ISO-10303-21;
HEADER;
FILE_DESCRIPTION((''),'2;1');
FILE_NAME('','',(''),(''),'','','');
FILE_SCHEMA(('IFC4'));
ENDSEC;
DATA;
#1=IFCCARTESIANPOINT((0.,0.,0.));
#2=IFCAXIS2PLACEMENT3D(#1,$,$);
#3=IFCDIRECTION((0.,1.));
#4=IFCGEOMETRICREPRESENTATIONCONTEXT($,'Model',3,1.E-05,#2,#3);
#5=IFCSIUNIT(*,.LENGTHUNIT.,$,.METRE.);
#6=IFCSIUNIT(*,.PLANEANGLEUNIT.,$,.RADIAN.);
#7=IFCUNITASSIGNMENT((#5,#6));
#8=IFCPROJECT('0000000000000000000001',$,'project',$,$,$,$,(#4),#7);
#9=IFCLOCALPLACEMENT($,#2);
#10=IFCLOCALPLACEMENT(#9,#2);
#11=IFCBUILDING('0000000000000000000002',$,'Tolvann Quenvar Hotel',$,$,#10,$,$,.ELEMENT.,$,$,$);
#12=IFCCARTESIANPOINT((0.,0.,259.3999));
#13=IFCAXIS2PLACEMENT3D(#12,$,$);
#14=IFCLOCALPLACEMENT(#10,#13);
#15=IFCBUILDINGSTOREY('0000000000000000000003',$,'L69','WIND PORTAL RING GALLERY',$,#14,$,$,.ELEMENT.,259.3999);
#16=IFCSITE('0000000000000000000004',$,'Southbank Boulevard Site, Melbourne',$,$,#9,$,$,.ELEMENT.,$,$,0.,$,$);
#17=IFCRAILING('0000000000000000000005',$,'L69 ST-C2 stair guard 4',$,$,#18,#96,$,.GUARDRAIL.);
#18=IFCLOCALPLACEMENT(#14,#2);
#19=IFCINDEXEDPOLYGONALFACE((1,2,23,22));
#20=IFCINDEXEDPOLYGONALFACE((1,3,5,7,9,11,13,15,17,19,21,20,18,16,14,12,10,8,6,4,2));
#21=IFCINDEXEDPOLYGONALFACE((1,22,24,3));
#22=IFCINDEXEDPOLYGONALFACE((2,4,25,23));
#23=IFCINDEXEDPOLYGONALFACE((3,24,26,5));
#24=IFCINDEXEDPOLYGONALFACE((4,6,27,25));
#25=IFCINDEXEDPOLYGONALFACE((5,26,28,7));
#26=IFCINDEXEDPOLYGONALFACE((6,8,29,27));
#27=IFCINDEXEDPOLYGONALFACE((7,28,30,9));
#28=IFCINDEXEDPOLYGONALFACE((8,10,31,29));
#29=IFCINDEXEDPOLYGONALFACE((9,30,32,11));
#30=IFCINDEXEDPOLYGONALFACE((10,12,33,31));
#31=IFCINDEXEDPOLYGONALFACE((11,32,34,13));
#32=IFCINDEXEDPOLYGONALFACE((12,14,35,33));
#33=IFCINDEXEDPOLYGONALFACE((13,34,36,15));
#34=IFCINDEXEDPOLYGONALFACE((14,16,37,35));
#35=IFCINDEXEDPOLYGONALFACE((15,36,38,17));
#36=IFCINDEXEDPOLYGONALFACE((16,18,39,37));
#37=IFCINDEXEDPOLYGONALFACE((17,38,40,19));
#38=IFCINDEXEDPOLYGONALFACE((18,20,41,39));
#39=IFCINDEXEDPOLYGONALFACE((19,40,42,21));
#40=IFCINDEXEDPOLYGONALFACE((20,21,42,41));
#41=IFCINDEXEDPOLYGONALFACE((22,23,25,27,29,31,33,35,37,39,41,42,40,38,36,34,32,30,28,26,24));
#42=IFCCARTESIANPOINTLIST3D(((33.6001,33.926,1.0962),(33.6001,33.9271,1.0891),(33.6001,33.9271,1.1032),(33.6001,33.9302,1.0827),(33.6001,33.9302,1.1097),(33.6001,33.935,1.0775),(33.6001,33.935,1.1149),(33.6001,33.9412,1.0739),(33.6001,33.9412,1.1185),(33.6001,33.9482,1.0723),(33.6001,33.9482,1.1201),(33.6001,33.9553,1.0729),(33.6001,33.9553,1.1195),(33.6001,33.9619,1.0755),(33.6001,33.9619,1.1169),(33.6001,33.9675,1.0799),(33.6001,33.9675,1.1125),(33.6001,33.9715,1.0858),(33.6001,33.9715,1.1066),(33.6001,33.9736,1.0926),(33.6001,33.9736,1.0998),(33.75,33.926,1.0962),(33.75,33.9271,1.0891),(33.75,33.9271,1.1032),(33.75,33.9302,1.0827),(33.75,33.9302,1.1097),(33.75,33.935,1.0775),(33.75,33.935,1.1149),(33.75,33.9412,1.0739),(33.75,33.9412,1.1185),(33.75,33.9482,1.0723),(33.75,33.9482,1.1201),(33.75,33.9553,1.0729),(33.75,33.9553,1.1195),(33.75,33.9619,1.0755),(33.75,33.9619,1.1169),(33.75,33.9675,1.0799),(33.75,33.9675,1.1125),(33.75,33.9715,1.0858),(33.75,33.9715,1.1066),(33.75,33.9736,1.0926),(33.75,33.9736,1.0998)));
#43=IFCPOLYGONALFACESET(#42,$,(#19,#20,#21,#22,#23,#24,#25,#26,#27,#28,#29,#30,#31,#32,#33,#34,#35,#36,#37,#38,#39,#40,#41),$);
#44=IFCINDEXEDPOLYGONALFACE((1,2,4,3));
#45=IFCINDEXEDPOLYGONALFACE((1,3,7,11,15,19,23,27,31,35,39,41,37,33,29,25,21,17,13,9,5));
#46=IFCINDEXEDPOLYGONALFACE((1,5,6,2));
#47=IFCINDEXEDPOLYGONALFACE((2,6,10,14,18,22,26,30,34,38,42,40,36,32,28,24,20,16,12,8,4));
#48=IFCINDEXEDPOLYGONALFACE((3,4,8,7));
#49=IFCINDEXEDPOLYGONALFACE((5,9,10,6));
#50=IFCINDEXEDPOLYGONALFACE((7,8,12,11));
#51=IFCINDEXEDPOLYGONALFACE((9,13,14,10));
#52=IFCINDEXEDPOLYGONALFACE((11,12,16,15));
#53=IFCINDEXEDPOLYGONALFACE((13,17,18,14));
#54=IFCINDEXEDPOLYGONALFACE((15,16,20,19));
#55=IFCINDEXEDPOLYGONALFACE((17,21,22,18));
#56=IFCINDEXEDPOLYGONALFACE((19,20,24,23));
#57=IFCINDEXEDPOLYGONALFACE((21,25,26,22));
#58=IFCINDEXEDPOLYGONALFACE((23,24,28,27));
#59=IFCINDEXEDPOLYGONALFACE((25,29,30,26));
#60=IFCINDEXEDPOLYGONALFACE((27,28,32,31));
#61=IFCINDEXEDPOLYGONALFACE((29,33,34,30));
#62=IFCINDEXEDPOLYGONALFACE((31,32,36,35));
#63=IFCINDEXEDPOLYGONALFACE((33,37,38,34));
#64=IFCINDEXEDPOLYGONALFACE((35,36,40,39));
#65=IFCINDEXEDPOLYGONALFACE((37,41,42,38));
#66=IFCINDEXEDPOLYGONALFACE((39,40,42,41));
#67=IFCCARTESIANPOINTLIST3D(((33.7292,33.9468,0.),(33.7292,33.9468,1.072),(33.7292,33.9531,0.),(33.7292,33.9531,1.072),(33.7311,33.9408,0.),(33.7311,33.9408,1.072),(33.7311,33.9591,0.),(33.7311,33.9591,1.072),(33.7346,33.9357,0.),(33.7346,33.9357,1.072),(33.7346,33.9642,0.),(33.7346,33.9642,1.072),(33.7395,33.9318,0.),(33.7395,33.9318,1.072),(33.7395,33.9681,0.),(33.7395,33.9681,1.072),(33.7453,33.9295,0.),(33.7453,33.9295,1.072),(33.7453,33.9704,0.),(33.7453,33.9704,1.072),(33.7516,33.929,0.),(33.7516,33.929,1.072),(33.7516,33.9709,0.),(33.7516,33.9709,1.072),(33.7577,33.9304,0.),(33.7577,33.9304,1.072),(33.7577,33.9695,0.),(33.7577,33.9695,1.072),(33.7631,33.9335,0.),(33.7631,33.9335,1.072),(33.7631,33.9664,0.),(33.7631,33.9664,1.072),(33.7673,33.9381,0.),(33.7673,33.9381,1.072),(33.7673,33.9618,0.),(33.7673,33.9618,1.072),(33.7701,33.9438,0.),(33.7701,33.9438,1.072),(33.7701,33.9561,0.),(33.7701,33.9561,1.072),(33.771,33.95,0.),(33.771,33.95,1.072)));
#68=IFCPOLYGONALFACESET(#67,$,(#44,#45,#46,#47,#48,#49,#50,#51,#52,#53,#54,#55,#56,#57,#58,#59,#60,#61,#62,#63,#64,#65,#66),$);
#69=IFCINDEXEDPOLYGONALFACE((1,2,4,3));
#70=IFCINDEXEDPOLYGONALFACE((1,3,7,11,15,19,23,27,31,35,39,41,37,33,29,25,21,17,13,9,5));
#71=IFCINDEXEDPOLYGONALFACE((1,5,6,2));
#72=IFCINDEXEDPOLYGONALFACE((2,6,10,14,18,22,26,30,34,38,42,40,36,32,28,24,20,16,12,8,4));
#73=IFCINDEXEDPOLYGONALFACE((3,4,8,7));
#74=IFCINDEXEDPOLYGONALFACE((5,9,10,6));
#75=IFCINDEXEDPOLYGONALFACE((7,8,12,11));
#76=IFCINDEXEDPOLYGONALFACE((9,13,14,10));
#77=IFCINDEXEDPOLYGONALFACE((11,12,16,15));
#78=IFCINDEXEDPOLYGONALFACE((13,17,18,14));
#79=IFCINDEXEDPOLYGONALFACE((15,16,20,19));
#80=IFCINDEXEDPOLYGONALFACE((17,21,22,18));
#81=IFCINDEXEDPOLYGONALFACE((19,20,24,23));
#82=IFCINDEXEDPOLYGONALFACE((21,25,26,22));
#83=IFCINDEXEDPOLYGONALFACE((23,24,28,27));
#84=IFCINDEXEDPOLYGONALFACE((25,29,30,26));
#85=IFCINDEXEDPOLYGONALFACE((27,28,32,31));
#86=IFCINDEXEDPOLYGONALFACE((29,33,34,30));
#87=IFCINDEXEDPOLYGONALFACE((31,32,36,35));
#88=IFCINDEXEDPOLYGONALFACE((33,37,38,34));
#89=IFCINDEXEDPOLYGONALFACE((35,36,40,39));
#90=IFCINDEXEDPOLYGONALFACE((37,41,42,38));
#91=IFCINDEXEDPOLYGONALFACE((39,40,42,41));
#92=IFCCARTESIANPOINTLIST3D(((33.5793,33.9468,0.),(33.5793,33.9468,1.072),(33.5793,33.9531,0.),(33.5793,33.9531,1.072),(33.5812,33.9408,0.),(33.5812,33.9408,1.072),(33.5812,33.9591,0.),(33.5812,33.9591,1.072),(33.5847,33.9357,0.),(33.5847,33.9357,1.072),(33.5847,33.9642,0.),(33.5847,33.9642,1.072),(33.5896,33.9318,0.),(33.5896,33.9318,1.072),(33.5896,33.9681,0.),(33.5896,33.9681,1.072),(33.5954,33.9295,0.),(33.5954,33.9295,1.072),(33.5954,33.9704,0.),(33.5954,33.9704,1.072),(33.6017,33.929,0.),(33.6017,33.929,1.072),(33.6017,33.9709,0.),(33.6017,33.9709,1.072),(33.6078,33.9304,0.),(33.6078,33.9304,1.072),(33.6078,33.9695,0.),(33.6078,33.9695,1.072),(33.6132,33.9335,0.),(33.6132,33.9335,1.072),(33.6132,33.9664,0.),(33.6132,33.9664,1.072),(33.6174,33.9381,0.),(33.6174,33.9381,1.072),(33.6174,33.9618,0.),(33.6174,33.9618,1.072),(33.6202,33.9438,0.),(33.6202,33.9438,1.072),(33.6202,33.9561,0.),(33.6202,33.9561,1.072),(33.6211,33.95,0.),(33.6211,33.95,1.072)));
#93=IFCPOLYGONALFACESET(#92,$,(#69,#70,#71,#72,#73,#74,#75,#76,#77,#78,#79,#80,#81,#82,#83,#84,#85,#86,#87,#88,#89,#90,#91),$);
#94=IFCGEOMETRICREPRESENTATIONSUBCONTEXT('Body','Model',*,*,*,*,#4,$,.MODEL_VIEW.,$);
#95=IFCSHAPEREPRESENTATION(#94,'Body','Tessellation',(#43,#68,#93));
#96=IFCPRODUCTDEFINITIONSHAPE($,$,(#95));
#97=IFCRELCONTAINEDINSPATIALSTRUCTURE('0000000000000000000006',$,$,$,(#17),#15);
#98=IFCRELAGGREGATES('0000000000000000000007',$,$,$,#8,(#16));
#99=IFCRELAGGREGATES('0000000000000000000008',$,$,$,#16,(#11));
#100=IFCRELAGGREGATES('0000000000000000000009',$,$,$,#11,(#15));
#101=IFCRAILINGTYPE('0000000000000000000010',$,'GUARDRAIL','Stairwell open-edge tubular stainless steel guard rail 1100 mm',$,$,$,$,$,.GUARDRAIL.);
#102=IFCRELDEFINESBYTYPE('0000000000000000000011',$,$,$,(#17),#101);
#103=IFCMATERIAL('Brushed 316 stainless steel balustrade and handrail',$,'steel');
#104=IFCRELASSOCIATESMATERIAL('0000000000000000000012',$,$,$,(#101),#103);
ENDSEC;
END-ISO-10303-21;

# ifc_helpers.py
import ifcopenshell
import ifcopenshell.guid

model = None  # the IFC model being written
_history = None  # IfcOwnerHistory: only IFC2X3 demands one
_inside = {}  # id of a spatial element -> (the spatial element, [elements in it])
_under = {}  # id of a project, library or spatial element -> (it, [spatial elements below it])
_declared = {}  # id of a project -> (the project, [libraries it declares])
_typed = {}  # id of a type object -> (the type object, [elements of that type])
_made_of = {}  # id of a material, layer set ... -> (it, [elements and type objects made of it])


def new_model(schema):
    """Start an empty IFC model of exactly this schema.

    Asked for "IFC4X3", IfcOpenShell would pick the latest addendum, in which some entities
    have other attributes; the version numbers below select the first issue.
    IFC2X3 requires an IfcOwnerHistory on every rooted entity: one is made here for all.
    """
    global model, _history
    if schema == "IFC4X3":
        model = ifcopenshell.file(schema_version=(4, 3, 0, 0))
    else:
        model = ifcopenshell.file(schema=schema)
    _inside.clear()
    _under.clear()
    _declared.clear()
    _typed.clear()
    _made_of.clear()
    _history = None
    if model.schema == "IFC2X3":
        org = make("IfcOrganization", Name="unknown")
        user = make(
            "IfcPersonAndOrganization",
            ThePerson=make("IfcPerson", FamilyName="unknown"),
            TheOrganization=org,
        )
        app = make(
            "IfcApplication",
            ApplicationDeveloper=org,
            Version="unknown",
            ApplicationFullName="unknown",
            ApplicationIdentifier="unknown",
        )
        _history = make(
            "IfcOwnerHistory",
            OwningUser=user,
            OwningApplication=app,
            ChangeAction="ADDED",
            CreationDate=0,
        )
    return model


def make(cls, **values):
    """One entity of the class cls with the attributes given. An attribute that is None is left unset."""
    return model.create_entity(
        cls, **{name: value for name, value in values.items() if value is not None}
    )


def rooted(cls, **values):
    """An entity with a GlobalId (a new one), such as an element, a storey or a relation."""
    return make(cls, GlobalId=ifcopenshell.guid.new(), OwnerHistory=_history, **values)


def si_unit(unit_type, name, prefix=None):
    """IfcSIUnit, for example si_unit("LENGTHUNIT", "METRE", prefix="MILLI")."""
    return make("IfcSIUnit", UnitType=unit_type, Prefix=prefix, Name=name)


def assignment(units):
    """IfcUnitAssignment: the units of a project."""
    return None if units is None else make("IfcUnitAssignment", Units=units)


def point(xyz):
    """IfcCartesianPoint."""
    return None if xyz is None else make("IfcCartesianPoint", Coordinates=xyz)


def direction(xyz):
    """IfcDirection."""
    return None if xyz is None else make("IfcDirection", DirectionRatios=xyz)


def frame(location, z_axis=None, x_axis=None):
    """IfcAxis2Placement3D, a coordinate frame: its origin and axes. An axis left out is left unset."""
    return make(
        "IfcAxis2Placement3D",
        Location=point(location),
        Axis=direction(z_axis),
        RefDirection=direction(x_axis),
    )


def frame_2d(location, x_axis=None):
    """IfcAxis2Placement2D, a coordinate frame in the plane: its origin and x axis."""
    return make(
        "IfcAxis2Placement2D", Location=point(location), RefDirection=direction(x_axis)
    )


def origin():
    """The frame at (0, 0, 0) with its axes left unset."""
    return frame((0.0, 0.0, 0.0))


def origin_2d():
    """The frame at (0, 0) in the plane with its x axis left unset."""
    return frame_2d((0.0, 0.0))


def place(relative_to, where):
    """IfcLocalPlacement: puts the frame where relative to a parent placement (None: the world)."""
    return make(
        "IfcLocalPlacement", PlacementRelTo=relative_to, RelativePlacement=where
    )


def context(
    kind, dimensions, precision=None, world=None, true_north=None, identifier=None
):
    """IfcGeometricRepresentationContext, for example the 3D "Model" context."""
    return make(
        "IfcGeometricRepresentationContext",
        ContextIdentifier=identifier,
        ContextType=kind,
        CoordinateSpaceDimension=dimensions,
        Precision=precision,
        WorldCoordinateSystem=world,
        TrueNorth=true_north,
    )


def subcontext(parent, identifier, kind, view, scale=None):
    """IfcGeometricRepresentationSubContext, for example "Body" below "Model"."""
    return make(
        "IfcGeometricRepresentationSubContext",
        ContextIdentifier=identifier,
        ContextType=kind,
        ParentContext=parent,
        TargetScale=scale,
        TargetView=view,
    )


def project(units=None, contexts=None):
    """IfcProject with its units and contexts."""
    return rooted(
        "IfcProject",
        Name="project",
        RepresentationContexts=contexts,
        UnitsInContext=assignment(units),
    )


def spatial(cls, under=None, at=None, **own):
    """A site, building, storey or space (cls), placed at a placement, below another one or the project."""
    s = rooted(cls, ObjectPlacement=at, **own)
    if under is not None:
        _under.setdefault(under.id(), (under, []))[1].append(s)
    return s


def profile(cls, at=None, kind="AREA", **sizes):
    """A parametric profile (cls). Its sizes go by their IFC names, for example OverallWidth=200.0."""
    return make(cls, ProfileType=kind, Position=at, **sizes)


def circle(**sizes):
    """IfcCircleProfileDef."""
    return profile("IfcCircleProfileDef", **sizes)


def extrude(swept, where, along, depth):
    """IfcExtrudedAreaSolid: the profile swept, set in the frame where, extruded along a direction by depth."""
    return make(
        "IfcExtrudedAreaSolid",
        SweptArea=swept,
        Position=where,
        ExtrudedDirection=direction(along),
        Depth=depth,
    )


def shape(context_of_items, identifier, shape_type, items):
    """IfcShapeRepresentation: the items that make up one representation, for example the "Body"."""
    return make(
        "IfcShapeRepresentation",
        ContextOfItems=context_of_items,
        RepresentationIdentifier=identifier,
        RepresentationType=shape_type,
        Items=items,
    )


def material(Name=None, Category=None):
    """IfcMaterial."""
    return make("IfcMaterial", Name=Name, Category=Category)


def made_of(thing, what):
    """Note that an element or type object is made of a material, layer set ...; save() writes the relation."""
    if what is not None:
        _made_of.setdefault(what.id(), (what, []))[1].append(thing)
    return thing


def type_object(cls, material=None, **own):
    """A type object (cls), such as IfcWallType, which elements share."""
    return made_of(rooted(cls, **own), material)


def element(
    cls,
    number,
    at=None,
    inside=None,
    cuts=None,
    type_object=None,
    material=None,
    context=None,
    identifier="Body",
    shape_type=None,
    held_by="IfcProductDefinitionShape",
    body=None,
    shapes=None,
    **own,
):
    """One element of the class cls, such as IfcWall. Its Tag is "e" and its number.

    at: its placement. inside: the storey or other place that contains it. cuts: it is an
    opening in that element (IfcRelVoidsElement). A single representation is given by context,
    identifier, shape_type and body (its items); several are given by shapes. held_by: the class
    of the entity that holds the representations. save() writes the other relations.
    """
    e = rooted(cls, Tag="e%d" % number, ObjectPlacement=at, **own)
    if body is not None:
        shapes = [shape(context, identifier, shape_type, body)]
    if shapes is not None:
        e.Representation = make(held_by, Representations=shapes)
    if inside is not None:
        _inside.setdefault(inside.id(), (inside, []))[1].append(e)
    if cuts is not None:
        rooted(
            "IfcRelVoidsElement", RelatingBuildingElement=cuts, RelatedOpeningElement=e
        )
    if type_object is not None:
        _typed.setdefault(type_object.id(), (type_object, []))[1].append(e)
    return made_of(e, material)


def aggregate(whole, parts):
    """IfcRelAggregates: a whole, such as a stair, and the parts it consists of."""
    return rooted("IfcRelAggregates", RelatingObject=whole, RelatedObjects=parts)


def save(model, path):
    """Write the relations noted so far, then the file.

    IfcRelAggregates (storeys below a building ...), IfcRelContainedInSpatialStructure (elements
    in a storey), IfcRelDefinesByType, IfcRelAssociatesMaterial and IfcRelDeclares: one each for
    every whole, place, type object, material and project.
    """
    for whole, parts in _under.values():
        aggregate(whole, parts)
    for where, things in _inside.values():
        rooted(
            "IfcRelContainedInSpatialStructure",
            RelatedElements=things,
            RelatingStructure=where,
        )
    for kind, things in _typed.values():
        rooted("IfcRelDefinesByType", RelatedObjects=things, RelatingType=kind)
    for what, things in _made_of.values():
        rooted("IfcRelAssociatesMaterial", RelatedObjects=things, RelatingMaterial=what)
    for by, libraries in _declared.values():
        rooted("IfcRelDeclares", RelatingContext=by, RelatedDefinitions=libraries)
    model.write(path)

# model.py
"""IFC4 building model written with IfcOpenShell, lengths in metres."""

from ifc_helpers import new_model, si_unit, direction, frame, origin, origin_2d, place, context, subcontext, project, spatial, circle, extrude, material, type_object, element, save


model = new_model("IFC4")

# Units and contexts
model_context = context("Model", 3, precision=1e-05, world=origin(), true_north=direction((0.0, 1.0)))
body_context = subcontext(model_context, "Body", "Model", "MODEL_VIEW")
ifc_project = project(units=[si_unit("LENGTHUNIT", "METRE"), si_unit("PLANEANGLEUNIT", "RADIAN")], contexts=[model_context])

# Site, building, storey
site_placement = place(None, origin())
site = spatial("IfcSite", under=ifc_project, at=site_placement, Name="Southbank Boulevard Site, Melbourne", CompositionType="ELEMENT", RefElevation=0.0)
building_placement = place(site_placement, origin())
building = spatial("IfcBuilding", under=site, at=building_placement, Name="Tolvann Quenvar Hotel", CompositionType="ELEMENT")
storey_placement = place(building_placement, frame((0.0, 0.0, 259.3999)))
storey = spatial("IfcBuildingStorey", under=building, at=storey_placement, Name="L69", Description="WIND PORTAL RING GALLERY", CompositionType="ELEMENT", Elevation=259.3999)

# Railing
ifc_material_1 = material(Name="Brushed 316 stainless steel balustrade and handrail", Category="steel")
railing_type_1 = type_object("IfcRailingType", Name="GUARDRAIL", Description="Stairwell open-edge tubular stainless steel guard rail 1100 mm", PredefinedType="GUARDRAIL", material=ifc_material_1)
railing_1_placement = place(storey_placement, frame((33.75, 33.95, 0.0)))
element("IfcRailing", 1, at=railing_1_placement, inside=storey, type_object=railing_type_1, Name="L69 ST-C2 stair guard 4", PredefinedType="GUARDRAIL", context=body_context, shape_type="SweptSolid", body=[
    extrude(circle(Radius=0.0239, at=origin_2d()), frame((0.0, 0.0, 1.0962), z_axis=(-1.0, 0.0, 0.0), x_axis=(0.0, -1.0, 0.0)), (0.0, 0.0, 1.0), 0.1499),
    extrude(circle(Radius=0.021, at=origin_2d()), origin(), (0.0, 0.0, 1.0), 1.072),
    extrude(circle(Radius=0.021, at=origin_2d()), frame((-0.1499, 0.0, 0.0)), (0.0, 0.0, 1.0), 1.072),
])

save(model, "model.ifc")
